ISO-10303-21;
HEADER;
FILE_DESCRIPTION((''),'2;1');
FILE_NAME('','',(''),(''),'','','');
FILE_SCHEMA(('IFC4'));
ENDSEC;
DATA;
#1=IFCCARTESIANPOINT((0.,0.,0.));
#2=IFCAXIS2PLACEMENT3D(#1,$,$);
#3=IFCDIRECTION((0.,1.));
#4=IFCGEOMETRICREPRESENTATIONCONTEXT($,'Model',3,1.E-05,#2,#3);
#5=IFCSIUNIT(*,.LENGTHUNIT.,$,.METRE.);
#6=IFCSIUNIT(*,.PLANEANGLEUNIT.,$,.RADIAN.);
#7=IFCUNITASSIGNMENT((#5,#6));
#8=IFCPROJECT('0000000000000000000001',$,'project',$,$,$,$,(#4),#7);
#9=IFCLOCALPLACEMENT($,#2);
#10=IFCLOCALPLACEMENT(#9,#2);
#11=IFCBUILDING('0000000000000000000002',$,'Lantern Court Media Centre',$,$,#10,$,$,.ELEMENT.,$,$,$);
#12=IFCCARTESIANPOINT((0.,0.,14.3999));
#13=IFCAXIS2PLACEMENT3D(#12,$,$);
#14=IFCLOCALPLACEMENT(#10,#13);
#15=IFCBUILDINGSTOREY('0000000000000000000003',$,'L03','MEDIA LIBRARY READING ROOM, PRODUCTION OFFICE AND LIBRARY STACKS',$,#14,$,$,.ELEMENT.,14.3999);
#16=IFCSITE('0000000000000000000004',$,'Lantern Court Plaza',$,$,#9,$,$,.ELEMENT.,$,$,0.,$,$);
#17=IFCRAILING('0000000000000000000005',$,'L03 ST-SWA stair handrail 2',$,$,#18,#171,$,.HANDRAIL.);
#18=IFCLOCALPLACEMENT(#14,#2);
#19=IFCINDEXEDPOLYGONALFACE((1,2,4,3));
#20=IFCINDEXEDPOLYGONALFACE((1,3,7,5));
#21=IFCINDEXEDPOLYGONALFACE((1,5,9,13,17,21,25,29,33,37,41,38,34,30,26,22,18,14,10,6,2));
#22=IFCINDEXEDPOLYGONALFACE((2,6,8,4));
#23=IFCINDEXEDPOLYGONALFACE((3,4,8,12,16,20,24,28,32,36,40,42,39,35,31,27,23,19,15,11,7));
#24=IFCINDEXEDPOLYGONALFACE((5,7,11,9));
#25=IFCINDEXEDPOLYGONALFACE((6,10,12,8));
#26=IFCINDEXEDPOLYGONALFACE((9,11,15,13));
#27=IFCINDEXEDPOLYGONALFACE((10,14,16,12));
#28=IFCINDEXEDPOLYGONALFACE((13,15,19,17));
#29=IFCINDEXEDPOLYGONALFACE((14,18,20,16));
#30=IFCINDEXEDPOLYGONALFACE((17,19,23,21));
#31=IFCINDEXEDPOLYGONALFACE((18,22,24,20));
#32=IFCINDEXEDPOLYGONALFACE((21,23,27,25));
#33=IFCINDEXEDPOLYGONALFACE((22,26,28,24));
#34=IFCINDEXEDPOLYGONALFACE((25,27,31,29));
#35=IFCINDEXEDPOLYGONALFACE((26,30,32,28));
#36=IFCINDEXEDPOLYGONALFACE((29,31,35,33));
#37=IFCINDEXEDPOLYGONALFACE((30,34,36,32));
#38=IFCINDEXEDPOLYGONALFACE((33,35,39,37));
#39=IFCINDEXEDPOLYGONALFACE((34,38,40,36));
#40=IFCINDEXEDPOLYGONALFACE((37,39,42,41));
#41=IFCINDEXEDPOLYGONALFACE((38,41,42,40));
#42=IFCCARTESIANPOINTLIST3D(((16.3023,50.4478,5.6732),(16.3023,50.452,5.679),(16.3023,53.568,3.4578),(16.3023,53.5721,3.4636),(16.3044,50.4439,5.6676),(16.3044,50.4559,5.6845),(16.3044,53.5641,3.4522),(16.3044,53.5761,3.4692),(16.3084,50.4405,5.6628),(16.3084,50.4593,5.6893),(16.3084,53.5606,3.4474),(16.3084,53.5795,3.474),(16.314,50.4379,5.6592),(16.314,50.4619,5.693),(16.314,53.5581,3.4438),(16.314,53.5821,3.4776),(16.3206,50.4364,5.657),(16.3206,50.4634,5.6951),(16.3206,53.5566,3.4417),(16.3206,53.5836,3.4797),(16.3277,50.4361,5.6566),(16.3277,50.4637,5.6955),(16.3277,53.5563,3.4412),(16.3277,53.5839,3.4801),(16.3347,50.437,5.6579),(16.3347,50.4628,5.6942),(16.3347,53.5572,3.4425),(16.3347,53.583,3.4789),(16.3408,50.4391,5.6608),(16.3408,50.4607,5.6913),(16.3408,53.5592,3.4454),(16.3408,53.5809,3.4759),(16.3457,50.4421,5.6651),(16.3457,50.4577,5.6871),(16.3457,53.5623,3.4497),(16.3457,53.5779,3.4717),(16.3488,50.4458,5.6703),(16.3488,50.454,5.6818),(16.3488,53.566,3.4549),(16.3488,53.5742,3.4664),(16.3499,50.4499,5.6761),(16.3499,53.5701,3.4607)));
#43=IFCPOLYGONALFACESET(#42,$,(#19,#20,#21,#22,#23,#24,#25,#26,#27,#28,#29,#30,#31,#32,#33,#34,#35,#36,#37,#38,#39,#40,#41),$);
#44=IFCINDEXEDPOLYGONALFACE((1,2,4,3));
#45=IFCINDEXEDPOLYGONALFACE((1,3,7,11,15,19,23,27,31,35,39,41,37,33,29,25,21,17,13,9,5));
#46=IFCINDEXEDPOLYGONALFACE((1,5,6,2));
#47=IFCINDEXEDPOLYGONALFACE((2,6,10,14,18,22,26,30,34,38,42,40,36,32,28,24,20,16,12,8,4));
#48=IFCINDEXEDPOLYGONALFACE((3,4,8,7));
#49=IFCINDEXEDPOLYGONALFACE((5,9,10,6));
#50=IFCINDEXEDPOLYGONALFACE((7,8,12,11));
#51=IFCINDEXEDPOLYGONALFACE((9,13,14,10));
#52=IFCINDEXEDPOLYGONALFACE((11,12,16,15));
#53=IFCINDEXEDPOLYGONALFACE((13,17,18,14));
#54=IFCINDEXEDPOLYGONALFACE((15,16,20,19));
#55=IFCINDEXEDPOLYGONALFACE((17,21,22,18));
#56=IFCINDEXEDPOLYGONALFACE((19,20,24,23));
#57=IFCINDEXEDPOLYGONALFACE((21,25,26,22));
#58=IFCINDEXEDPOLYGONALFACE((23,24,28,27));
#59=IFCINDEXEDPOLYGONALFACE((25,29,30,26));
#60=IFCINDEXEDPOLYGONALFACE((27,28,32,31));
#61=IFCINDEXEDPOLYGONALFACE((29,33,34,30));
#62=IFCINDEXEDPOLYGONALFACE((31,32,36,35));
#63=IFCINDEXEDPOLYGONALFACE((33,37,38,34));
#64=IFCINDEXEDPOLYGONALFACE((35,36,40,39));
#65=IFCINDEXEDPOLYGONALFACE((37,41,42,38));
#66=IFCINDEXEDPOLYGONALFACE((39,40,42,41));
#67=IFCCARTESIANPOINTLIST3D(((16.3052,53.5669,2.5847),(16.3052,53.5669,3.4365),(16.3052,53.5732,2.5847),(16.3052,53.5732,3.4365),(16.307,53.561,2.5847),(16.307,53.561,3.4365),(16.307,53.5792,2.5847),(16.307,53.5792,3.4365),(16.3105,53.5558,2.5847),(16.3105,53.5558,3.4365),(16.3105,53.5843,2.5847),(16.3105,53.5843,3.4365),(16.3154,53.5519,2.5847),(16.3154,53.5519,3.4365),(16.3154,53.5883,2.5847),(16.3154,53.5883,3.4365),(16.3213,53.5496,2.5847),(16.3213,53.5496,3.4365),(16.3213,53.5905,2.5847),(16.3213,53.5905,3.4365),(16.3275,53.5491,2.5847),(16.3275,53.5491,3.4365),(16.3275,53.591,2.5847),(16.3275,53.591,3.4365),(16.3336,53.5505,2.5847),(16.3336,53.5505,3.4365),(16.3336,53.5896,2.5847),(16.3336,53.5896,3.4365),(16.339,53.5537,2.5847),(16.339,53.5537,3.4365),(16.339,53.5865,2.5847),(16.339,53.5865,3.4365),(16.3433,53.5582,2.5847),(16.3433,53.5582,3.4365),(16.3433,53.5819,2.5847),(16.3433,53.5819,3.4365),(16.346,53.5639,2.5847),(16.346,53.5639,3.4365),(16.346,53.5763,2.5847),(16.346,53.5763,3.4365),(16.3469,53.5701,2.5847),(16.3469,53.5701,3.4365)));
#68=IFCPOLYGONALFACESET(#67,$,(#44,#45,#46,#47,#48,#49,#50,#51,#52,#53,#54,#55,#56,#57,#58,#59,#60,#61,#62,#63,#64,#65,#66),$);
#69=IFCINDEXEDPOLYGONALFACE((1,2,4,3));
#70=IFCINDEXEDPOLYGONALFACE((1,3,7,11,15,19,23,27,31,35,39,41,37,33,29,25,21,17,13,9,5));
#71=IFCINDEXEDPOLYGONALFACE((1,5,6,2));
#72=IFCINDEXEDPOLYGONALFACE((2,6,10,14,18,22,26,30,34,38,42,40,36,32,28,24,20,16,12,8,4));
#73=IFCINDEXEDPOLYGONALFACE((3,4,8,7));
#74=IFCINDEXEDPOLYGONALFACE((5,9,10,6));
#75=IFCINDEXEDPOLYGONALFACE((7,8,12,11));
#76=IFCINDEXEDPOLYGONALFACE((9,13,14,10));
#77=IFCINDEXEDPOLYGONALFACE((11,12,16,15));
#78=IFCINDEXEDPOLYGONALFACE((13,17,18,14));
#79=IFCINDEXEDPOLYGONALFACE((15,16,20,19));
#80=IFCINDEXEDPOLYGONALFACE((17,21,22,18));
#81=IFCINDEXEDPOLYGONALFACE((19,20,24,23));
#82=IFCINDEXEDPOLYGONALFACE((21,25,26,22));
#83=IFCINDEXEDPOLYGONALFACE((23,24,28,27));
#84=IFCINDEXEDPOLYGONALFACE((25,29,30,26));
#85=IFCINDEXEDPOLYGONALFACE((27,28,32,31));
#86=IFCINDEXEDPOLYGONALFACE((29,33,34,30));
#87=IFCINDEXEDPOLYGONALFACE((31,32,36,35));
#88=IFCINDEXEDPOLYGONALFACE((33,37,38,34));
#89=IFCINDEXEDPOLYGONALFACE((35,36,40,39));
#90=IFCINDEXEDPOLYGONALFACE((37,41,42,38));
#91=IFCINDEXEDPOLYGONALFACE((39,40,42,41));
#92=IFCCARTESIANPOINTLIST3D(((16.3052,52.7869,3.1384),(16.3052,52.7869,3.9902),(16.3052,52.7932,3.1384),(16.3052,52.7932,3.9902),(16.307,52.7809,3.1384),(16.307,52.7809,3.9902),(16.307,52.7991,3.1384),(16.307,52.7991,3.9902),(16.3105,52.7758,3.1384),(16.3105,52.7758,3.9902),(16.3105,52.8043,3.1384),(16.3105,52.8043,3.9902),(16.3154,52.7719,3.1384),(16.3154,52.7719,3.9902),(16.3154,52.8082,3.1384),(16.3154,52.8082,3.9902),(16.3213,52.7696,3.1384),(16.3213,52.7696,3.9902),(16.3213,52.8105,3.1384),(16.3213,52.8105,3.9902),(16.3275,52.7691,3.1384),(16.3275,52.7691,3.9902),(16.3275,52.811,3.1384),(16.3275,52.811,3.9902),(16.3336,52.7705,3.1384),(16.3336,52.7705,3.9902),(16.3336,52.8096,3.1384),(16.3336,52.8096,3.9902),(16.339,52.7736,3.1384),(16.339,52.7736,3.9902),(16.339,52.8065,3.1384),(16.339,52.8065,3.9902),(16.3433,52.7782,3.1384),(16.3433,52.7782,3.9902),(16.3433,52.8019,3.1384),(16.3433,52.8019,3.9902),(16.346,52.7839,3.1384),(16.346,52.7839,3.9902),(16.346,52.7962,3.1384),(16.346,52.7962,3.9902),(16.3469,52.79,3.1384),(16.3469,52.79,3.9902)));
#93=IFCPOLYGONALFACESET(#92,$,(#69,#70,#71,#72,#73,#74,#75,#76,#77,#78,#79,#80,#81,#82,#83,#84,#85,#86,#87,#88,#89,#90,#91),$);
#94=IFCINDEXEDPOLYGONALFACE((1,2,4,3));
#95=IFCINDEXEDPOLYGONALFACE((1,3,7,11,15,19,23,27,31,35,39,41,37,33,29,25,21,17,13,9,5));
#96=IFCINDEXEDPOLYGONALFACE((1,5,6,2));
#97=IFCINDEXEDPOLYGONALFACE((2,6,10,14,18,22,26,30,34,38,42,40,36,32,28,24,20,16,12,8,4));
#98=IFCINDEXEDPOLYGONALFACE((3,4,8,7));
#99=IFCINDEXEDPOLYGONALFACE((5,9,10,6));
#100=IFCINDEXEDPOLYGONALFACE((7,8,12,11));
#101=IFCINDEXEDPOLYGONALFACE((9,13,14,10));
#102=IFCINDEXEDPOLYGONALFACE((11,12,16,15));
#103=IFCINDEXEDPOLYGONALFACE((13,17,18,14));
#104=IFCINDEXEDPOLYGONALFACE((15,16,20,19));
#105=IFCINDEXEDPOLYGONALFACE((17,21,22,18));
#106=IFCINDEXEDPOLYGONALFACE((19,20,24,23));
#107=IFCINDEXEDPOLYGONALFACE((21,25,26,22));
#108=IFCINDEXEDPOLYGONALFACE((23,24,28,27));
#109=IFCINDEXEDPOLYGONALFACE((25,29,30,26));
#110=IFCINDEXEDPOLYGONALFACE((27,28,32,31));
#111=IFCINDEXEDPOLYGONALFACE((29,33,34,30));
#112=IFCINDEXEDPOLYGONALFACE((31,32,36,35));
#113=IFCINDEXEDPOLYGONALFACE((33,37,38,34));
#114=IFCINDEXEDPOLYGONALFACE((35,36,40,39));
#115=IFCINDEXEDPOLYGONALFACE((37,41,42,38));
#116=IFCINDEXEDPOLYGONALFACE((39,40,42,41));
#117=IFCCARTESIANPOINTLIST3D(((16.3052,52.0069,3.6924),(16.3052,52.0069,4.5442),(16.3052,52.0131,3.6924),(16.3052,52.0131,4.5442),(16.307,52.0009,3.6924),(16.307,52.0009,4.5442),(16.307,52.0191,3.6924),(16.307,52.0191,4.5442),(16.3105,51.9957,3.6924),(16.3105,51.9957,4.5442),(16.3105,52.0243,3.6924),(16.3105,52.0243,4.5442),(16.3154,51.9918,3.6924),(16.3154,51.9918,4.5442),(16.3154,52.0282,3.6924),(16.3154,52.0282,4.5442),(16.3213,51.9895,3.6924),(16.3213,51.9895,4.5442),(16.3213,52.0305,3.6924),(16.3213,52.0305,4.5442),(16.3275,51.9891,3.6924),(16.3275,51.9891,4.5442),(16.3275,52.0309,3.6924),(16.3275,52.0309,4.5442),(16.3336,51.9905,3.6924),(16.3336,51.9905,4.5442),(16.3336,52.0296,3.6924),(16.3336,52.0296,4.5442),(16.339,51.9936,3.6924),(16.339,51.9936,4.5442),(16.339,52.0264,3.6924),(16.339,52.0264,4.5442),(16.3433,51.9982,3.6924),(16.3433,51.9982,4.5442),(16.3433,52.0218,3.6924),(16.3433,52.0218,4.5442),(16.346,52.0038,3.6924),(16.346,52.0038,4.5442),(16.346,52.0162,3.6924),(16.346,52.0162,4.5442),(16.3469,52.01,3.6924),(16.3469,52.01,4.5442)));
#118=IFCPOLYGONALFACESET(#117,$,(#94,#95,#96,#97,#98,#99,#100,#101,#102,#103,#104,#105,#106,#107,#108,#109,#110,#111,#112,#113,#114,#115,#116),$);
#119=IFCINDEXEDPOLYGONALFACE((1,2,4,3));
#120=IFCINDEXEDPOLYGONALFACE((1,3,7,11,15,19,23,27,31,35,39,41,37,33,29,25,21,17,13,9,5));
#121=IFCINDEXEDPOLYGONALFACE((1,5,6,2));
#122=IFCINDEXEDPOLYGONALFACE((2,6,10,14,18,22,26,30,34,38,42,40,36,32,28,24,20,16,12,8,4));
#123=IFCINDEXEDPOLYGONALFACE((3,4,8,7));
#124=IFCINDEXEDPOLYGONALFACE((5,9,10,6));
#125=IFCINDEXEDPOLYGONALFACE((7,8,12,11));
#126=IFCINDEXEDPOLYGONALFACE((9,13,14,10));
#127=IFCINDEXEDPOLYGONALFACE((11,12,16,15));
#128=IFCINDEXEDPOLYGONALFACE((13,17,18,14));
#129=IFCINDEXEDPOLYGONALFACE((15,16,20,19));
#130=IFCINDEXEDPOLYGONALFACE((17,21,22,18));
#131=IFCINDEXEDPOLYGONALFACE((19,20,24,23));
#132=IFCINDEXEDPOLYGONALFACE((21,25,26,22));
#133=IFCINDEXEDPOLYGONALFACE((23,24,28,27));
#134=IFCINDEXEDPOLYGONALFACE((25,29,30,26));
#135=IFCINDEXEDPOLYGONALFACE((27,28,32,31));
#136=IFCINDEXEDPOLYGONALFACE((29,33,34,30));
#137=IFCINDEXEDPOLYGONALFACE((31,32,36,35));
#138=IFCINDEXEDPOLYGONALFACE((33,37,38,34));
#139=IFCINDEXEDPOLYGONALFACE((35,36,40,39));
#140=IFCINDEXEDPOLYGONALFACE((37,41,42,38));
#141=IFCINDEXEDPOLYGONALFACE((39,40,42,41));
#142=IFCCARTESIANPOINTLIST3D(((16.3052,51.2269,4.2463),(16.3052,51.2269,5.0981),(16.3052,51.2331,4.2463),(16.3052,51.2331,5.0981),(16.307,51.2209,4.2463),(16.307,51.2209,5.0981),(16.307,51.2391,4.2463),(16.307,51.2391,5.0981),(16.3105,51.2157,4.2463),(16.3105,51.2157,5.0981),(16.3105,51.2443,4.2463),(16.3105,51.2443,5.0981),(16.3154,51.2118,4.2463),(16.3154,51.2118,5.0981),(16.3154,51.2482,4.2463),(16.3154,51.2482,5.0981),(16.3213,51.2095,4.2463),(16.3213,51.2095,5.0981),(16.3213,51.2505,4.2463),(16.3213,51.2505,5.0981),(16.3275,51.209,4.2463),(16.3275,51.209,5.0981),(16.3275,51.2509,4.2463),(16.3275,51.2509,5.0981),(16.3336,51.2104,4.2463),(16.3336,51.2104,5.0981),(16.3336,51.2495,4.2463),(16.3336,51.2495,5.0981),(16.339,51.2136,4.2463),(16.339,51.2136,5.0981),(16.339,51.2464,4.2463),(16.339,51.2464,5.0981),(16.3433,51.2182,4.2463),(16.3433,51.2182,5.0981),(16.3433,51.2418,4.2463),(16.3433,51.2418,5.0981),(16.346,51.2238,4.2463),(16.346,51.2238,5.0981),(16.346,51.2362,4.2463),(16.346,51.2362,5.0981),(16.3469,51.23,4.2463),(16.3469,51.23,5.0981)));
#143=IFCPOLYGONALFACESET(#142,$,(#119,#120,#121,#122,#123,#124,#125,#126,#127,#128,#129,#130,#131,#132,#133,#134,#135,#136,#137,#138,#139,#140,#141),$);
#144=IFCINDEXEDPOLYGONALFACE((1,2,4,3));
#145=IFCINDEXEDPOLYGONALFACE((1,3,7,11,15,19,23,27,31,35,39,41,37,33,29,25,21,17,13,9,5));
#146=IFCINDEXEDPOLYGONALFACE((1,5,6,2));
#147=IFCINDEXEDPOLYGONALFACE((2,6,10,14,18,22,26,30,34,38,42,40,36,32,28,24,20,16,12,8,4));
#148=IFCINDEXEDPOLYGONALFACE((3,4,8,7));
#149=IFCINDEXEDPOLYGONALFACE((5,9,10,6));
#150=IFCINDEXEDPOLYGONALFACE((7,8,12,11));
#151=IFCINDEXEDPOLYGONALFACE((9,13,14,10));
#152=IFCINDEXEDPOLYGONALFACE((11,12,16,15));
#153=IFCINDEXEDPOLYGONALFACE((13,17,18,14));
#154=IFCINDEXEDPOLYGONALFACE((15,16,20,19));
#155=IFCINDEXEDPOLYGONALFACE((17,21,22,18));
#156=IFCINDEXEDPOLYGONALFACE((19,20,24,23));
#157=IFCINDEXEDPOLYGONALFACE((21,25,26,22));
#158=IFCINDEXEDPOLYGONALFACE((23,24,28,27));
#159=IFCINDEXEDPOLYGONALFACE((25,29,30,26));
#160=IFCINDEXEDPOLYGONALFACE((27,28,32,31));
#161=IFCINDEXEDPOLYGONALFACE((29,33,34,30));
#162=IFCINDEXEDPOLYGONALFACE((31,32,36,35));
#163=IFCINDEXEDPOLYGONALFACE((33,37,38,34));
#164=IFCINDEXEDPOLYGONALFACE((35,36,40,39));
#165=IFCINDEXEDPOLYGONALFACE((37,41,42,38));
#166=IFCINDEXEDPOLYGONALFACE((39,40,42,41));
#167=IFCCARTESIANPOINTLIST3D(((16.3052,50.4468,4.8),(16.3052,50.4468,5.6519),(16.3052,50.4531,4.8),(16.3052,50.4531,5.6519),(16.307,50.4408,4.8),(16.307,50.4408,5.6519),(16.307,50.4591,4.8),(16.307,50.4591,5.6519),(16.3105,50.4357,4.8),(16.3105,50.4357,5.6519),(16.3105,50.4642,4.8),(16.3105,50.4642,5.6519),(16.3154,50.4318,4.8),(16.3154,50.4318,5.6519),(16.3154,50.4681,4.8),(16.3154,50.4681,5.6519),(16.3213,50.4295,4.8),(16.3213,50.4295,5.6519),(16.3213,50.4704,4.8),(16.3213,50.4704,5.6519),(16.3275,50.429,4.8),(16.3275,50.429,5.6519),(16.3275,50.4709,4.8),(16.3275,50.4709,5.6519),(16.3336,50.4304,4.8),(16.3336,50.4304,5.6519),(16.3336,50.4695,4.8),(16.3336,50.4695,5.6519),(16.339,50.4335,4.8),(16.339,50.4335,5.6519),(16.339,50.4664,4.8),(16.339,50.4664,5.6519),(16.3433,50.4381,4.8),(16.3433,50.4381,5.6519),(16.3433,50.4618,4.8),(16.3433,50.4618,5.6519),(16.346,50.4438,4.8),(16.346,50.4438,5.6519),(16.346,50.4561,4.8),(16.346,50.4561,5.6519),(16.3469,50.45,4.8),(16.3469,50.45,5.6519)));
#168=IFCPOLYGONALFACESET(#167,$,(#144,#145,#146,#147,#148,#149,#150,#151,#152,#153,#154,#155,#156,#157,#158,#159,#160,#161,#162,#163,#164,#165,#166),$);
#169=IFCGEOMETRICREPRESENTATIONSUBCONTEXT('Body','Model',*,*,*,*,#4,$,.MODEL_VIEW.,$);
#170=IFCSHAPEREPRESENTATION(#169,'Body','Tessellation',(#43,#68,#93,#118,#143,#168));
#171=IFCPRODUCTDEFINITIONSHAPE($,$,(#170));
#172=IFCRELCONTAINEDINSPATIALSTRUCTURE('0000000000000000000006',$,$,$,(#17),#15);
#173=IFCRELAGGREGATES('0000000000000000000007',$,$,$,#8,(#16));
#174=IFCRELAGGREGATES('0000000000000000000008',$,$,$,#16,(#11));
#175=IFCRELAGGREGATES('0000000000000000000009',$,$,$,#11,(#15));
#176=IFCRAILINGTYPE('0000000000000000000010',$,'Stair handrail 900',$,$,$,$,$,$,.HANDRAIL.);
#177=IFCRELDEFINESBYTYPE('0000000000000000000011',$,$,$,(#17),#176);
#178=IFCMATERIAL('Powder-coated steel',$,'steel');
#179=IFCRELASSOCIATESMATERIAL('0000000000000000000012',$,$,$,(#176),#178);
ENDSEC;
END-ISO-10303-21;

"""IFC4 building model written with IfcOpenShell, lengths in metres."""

from ifc_helpers import new_model, si_unit, direction, frame, origin, origin_2d, place, context, subcontext, project, spatial, circle, extrude, material, type_object, element, save


model = new_model("IFC4")

# Units and contexts
model_context = context("Model", 3, precision=1e-05, world=origin(), true_north=direction((0.0, 1.0)))
body_context = subcontext(model_context, "Body", "Model", "MODEL_VIEW")
ifc_project = project(units=[si_unit("LENGTHUNIT", "METRE"), si_unit("PLANEANGLEUNIT", "RADIAN")], contexts=[model_context])

# Site, building, storey
site_placement = place(None, origin())
site = spatial("IfcSite", under=ifc_project, at=site_placement, Name="Lantern Court Plaza", CompositionType="ELEMENT", RefElevation=0.0)
building_placement = place(site_placement, origin())
building = spatial("IfcBuilding", under=site, at=building_placement, Name="Lantern Court Media Centre", CompositionType="ELEMENT")
storey_placement = place(building_placement, frame((0.0, 0.0, 14.3999)))
storey = spatial("IfcBuildingStorey", under=building, at=storey_placement, Name="L03", Description="MEDIA LIBRARY READING ROOM, PRODUCTION OFFICE AND LIBRARY STACKS", CompositionType="ELEMENT", Elevation=14.3999)

# Railing
ifc_material_1 = material(Name="Powder-coated steel", Category="steel")
railing_type_1 = type_object("IfcRailingType", Name="Stair handrail 900", PredefinedType="HANDRAIL", material=ifc_material_1)
railing_1_placement = place(storey_placement, frame((16.3259, 53.5701, 2.5847)))
element("IfcRailing", 1, at=railing_1_placement, inside=storey, type_object=railing_type_1, Name="L03 ST-SWA stair handrail 2", PredefinedType="HANDRAIL", context=body_context, shape_type="SweptSolid", body=[
    extrude(circle(Radius=0.0239, at=origin_2d()), frame((0.0, 0.0, 0.876), z_axis=(0.0, -0.815377, 0.57893), x_axis=(1.0, 0.0, 0.0)), (0.0, 0.0, 1.0), 3.8267),
    extrude(circle(Radius=0.021, at=origin_2d()), origin(), (0.0, 0.0, 1.0), 0.8518),
    extrude(circle(Radius=0.021, at=origin_2d()), frame((0.0, -0.78, 0.5537)), (0.0, 0.0, 1.0), 0.8518),
    extrude(circle(Radius=0.021, at=origin_2d()), frame((0.0, -1.5601, 1.1077)), (0.0, 0.0, 1.0), 0.8518),
    extrude(circle(Radius=0.021, at=origin_2d()), frame((0.0, -2.3401, 1.6616)), (0.0, 0.0, 1.0), 0.8518),
    extrude(circle(Radius=0.021, at=origin_2d()), frame((0.0, -3.1201, 2.2153)), (0.0, 0.0, 1.0), 0.8518),
])

save(model, "model.ifc")
